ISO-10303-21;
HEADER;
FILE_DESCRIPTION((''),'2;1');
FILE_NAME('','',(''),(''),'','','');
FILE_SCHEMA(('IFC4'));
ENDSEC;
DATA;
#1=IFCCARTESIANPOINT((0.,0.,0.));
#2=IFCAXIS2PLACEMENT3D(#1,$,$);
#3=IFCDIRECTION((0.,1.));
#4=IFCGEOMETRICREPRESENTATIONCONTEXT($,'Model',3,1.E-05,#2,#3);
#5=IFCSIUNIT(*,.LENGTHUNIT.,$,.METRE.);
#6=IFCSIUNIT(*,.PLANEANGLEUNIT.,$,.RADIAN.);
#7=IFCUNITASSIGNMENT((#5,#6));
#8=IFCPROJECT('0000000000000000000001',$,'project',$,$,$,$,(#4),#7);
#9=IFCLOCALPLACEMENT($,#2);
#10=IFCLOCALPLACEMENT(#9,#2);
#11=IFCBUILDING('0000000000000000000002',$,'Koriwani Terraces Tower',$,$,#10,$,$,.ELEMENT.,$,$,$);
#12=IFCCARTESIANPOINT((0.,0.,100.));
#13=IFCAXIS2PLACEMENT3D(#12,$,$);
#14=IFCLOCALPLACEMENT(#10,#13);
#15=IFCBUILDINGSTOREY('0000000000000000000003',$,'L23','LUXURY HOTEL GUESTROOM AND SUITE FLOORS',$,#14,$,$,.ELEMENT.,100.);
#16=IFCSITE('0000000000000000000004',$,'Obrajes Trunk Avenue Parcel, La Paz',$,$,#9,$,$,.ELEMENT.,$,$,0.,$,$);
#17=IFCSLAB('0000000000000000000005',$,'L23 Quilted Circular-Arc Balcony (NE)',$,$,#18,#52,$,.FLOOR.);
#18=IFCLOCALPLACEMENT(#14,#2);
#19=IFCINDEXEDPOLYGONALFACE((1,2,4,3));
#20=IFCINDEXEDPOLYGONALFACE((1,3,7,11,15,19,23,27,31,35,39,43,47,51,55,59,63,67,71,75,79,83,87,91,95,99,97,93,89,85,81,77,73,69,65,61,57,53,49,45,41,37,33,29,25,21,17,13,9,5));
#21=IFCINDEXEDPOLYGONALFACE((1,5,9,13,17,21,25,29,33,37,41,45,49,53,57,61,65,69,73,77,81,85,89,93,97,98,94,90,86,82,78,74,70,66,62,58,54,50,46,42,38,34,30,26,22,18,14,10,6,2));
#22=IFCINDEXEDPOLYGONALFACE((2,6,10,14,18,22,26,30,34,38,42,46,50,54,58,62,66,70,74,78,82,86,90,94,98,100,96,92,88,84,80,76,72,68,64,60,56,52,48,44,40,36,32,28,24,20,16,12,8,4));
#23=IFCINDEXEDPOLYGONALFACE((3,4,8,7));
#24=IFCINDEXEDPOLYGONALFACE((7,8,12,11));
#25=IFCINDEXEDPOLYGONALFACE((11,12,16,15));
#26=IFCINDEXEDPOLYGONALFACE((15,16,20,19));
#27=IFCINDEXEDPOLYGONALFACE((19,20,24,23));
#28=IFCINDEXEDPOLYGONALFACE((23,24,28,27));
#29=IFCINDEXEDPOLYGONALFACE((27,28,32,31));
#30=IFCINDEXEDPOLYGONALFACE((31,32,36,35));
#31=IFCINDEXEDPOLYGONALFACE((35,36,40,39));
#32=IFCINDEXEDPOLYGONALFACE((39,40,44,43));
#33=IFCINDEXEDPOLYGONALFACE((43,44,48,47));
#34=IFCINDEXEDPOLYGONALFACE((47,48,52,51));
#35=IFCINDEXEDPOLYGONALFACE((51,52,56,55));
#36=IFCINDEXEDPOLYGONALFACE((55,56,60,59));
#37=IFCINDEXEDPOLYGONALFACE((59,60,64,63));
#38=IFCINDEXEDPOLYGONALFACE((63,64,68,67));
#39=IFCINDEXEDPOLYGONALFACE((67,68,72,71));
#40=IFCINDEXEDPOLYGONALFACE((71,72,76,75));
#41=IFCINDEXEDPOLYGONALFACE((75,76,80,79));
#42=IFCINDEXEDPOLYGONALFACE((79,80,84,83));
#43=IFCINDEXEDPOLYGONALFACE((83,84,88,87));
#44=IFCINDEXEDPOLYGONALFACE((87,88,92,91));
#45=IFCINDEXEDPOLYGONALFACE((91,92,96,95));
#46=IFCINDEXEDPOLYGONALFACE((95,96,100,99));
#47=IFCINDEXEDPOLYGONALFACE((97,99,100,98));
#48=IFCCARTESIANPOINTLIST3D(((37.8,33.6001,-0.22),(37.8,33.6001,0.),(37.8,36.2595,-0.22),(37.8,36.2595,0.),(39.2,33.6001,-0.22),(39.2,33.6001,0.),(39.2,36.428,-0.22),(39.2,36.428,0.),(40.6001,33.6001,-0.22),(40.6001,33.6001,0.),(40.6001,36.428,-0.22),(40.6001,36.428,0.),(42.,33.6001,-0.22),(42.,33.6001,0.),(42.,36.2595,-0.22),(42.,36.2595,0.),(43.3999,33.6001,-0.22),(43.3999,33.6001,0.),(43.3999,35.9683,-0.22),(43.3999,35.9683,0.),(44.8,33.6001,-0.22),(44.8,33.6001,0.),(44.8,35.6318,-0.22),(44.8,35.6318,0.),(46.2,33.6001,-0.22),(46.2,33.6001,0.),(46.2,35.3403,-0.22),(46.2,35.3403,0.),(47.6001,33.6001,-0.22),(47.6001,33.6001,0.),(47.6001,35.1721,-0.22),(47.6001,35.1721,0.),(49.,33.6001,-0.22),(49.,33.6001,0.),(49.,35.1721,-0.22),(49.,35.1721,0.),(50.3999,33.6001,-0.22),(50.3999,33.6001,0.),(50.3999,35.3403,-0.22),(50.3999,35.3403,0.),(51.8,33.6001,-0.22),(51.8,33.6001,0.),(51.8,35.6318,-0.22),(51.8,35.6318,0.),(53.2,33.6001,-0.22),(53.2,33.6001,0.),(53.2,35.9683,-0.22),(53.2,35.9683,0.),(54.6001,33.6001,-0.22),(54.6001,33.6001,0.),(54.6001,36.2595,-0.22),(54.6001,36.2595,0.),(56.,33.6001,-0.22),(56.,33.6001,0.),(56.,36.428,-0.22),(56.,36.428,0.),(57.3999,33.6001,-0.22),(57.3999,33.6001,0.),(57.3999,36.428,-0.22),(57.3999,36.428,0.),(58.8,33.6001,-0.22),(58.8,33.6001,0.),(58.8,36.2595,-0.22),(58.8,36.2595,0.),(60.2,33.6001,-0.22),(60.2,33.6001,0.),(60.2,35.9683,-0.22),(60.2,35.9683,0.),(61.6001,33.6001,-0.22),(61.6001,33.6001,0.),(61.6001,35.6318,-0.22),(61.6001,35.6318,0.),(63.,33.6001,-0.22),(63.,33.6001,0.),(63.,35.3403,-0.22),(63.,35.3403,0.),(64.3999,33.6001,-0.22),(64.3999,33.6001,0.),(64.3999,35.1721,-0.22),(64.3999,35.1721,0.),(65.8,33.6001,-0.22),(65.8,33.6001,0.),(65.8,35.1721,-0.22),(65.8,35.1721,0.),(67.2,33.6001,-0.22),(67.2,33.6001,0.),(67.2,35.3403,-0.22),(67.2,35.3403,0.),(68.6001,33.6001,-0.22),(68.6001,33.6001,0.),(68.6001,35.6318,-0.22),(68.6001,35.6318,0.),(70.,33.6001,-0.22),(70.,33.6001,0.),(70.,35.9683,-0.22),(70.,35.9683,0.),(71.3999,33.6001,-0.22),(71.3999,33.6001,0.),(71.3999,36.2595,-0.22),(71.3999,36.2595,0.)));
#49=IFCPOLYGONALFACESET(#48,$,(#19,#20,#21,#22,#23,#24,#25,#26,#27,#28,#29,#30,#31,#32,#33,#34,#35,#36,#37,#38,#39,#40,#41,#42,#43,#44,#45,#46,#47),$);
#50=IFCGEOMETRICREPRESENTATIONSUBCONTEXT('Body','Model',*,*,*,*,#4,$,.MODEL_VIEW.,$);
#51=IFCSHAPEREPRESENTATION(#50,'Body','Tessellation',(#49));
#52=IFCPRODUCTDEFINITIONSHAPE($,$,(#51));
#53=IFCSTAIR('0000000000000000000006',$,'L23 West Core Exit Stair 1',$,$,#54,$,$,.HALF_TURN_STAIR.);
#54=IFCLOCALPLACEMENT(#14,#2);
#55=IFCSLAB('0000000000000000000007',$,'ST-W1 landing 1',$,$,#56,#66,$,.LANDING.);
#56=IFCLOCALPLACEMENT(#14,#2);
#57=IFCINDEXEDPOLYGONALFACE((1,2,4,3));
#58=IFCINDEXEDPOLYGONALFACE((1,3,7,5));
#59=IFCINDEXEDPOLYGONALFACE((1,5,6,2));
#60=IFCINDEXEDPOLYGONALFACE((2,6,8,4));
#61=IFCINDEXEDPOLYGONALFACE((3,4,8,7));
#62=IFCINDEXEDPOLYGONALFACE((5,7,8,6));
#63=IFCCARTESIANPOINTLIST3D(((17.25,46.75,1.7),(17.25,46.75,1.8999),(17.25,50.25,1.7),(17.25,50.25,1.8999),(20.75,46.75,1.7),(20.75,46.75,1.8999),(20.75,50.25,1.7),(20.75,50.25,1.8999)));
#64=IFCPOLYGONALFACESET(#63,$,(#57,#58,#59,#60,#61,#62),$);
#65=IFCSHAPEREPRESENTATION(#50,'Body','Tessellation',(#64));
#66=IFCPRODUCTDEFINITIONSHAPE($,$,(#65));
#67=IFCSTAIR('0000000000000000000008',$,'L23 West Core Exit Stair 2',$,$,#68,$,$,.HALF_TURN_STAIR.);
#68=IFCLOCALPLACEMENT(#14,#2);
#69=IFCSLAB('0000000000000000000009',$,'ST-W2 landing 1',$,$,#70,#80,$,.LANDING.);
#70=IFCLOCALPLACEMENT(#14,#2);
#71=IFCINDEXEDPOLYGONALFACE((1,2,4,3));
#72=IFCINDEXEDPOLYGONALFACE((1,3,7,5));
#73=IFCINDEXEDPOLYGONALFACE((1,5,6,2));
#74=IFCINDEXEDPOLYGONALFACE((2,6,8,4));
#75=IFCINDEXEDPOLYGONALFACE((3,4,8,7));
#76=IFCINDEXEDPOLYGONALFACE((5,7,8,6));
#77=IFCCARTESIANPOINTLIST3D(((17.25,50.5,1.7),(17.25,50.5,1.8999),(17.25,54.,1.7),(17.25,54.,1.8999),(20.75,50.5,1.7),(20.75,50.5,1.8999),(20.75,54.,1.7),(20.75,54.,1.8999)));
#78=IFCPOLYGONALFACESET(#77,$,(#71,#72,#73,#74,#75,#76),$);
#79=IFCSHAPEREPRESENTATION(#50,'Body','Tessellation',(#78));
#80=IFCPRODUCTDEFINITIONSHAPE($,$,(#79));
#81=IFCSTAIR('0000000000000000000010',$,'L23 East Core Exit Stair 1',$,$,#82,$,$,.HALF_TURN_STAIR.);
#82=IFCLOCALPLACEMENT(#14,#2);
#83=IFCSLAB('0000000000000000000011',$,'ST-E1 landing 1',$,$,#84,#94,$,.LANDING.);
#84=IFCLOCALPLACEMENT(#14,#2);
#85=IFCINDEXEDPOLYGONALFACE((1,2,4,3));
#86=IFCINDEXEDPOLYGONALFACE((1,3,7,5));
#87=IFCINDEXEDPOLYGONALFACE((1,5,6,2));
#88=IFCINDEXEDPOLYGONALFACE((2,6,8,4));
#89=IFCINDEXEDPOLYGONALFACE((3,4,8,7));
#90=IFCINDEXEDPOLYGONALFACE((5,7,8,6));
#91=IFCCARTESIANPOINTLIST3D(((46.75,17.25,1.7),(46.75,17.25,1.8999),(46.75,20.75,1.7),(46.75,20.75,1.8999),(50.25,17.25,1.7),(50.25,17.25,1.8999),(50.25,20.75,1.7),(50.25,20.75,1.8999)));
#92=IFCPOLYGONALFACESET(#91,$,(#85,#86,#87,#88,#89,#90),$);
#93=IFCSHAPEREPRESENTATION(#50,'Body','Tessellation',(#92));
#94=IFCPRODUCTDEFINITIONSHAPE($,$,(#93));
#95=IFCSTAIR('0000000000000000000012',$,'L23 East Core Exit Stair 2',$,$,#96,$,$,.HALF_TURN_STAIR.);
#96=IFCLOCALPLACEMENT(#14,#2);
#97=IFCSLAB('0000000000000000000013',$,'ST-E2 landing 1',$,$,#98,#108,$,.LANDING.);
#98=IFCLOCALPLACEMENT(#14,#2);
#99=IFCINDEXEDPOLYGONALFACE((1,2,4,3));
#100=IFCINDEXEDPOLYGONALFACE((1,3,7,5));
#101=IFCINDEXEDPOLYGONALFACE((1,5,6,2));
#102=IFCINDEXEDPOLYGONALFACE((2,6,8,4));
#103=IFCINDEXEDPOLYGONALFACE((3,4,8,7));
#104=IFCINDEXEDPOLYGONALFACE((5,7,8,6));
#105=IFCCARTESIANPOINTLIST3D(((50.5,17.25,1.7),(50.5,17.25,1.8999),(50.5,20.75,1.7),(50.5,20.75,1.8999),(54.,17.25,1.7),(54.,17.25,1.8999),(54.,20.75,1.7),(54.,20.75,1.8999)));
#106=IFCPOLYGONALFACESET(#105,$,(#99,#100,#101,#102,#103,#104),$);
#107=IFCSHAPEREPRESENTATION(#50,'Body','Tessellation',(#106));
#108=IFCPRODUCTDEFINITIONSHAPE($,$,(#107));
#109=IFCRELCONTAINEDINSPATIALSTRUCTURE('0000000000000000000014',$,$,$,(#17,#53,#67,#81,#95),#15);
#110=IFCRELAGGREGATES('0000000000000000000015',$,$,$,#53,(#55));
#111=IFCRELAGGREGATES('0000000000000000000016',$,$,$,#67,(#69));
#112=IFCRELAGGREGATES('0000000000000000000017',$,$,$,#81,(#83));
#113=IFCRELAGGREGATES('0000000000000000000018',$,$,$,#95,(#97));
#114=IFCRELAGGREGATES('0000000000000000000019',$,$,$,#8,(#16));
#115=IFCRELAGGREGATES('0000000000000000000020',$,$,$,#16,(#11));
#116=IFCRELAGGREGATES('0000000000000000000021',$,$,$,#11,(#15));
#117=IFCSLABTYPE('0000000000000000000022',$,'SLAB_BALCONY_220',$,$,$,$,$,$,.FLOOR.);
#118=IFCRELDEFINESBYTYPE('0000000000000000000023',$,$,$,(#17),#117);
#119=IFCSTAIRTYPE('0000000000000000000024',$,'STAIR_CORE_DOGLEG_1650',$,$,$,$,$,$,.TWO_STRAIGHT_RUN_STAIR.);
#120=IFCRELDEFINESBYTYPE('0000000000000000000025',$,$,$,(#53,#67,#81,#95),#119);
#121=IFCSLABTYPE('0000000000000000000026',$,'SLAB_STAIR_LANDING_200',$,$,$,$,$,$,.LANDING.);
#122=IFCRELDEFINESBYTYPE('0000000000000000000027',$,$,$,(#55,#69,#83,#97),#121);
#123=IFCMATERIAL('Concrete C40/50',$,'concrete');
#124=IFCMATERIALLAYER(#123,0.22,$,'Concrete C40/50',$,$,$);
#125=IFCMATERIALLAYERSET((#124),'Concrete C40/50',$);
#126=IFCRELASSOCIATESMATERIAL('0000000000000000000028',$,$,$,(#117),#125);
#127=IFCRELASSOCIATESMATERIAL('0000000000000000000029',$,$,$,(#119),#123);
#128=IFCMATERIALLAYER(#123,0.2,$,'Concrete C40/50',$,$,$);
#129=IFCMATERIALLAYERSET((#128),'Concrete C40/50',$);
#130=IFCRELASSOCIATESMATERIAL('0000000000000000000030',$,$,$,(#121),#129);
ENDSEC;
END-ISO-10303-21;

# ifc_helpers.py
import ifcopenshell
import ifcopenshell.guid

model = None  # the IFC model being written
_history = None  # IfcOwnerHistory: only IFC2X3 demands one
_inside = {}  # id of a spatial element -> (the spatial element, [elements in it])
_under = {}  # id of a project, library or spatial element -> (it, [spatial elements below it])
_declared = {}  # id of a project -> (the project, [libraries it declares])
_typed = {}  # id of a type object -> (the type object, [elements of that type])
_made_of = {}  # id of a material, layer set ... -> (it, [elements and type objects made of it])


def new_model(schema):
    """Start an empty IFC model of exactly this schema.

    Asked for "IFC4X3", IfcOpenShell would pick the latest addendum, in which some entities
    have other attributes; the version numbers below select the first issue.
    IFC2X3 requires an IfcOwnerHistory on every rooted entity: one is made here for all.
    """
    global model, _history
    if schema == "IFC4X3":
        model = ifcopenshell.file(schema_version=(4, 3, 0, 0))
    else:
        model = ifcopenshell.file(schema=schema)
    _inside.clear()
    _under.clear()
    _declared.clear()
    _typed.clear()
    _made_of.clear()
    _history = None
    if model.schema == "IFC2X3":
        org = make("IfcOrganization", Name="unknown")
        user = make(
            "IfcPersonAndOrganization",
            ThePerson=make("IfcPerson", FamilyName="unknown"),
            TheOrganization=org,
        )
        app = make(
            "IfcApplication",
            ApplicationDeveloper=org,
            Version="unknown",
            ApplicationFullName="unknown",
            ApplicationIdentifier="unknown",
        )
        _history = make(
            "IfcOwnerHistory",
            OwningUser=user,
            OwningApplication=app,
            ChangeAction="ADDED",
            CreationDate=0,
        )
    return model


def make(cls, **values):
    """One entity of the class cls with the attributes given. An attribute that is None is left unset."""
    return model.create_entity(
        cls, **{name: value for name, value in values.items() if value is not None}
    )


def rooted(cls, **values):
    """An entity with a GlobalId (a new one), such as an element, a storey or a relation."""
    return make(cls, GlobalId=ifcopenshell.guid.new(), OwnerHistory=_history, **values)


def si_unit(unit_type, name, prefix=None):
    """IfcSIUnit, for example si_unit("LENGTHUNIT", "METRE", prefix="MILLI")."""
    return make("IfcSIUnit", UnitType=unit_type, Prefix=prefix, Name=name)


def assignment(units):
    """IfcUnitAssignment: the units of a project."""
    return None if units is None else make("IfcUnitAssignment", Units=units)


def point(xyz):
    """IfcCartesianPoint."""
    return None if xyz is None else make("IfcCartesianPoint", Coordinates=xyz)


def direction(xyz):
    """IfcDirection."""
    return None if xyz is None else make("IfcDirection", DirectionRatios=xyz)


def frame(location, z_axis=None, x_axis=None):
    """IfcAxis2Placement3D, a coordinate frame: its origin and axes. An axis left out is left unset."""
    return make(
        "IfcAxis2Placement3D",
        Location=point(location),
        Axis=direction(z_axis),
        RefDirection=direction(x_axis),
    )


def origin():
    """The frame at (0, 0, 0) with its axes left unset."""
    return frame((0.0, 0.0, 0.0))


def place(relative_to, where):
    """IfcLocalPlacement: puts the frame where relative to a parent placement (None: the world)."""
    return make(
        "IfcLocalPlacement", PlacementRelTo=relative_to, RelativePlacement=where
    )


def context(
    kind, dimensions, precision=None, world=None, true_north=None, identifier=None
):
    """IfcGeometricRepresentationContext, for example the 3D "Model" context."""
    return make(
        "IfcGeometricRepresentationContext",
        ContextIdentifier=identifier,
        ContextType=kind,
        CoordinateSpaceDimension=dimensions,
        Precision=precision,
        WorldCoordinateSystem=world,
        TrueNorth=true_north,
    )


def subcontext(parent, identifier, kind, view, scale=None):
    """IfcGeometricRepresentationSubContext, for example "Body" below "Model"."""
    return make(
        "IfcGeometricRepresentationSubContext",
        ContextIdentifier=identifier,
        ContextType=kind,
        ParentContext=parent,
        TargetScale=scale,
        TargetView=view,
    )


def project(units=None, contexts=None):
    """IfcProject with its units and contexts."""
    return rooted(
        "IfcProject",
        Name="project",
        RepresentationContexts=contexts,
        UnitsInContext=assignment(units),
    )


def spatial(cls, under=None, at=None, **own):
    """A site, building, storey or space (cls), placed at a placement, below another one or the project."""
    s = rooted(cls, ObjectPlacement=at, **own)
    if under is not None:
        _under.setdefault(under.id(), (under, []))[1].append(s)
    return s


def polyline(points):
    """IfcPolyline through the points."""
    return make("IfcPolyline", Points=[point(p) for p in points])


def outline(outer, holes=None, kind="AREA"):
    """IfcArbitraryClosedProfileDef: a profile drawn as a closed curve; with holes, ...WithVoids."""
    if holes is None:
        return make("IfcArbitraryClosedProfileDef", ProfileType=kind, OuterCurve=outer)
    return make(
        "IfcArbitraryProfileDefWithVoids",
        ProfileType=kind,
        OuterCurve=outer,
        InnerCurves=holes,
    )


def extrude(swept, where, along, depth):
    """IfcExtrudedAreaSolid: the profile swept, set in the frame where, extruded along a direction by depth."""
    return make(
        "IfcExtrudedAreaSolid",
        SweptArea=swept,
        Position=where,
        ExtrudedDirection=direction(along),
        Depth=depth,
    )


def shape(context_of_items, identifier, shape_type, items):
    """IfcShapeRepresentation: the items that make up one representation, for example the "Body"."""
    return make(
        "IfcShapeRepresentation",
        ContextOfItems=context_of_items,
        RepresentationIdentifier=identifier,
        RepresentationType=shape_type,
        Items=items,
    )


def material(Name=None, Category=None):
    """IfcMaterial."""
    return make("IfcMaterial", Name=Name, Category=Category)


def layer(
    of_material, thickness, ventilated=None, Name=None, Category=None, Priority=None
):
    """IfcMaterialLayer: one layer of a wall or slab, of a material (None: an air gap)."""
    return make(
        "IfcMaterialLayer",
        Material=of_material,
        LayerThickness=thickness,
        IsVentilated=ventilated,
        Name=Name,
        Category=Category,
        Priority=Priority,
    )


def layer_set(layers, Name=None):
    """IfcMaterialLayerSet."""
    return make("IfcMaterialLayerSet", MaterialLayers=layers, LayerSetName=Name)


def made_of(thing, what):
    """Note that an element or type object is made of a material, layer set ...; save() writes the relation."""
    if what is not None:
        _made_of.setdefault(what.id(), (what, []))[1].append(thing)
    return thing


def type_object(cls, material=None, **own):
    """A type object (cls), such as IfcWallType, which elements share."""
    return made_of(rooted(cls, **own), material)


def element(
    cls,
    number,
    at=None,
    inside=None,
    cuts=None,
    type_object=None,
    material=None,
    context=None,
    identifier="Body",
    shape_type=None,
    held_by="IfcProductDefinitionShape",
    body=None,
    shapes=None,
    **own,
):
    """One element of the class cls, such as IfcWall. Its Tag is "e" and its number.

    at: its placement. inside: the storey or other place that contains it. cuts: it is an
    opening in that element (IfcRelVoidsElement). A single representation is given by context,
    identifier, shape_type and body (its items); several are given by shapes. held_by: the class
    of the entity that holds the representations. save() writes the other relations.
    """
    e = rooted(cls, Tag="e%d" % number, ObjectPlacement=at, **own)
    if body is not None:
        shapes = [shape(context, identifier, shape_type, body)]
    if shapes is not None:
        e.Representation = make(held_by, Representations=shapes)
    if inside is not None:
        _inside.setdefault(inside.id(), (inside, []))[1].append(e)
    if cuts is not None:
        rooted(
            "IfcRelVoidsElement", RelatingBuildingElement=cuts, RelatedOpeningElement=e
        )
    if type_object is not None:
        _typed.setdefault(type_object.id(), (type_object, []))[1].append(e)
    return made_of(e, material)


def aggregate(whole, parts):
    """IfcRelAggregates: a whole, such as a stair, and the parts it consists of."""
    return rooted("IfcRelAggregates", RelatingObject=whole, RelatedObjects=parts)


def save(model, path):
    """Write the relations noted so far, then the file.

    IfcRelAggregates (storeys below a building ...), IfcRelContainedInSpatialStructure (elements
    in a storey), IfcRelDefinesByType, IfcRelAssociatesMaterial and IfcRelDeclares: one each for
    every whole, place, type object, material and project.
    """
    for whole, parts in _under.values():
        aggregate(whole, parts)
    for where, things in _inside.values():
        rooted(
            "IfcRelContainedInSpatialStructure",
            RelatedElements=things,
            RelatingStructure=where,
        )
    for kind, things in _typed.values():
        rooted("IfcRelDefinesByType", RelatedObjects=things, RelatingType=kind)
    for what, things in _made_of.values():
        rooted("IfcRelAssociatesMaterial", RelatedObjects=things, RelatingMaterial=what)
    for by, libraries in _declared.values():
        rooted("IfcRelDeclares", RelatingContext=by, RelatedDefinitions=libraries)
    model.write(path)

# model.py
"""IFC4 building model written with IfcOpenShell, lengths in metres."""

from ifc_helpers import new_model, si_unit, direction, frame, origin, place, context, subcontext, project, spatial, polyline, outline, extrude, material, layer, layer_set, type_object, element, aggregate, save


model = new_model("IFC4")

# Units and contexts
model_context = context("Model", 3, precision=1e-05, world=origin(), true_north=direction((0.0, 1.0)))
body_context = subcontext(model_context, "Body", "Model", "MODEL_VIEW")
ifc_project = project(units=[si_unit("LENGTHUNIT", "METRE"), si_unit("PLANEANGLEUNIT", "RADIAN")], contexts=[model_context])

# Site, building, storey
site_placement = place(None, origin())
site = spatial("IfcSite", under=ifc_project, at=site_placement, Name="Obrajes Trunk Avenue Parcel, La Paz", CompositionType="ELEMENT", RefElevation=0.0)
building_placement = place(site_placement, origin())
building = spatial("IfcBuilding", under=site, at=building_placement, Name="Koriwani Terraces Tower", CompositionType="ELEMENT")
storey_placement = place(building_placement, frame((0.0, 0.0, 100.0)))
storey = spatial("IfcBuildingStorey", under=building, at=storey_placement, Name="L23", Description="LUXURY HOTEL GUESTROOM AND SUITE FLOORS", CompositionType="ELEMENT", Elevation=100.0)

# Shared definitions
ifc_material_1 = material(Name="Concrete C40/50", Category="concrete")

# Slab
ifc_layer_1 = layer(ifc_material_1, 0.22, Name="Concrete C40/50")
ifc_layer_set_1 = layer_set([ifc_layer_1], Name="Concrete C40/50")
slab_type_1 = type_object("IfcSlabType", Name="SLAB_BALCONY_220", PredefinedType="FLOOR", material=ifc_layer_set_1)
slab_1_placement = place(storey_placement, frame((0.0, 0.0, -0.22)))
element("IfcSlab", 1, at=slab_1_placement, inside=storey, type_object=slab_type_1, Name="L23 Quilted Circular-Arc Balcony (NE)", PredefinedType="FLOOR", context=body_context, shape_type="SweptSolid", body=[
    extrude(outline(polyline([(71.3999, 33.6001), (70.0, 33.6001), (68.6001, 33.6001), (67.2, 33.6001), (65.8, 33.6001), (64.3999, 33.6001), (63.0, 33.6001), (61.6001, 33.6001), (60.2, 33.6001), (58.8, 33.6001), (57.3999, 33.6001), (56.0, 33.6001), (54.6001, 33.6001), (53.2, 33.6001), (51.8, 33.6001), (50.3999, 33.6001), (49.0, 33.6001), (47.6001, 33.6001), (46.2, 33.6001), (44.8, 33.6001), (43.3999, 33.6001), (42.0, 33.6001), (40.6001, 33.6001), (39.2, 33.6001), (37.8, 33.6001), (37.8, 36.2595), (39.2, 36.428), (40.6001, 36.428), (42.0, 36.2595), (43.3999, 35.9683), (44.8, 35.6318), (46.2, 35.3403), (47.6001, 35.1721), (49.0, 35.1721), (50.3999, 35.3403), (51.8, 35.6318), (53.2, 35.9683), (54.6001, 36.2595), (56.0, 36.428), (57.3999, 36.428), (58.8, 36.2595), (60.2, 35.9683), (61.6001, 35.6318), (63.0, 35.3403), (64.3999, 35.1721), (65.8, 35.1721), (67.2, 35.3403), (68.6001, 35.6318), (70.0, 35.9683), (71.3999, 36.2595), (71.3999, 33.6001)])), origin(), (0.0, 0.0, 1.0), 0.22),
])

# Stairs, slabs
stair_type = type_object("IfcStairType", Name="STAIR_CORE_DOGLEG_1650", PredefinedType="TWO_STRAIGHT_RUN_STAIR", material=ifc_material_1)
stair_1_placement = place(storey_placement, origin())
stair_1 = element("IfcStair", 2, at=stair_1_placement, inside=storey, type_object=stair_type, Name="L23 West Core Exit Stair 1", PredefinedType="HALF_TURN_STAIR")
ifc_layer_2 = layer(ifc_material_1, 0.2, Name="Concrete C40/50")
ifc_layer_set_2 = layer_set([ifc_layer_2], Name="Concrete C40/50")
slab_type_2 = type_object("IfcSlabType", Name="SLAB_STAIR_LANDING_200", PredefinedType="LANDING", material=ifc_layer_set_2)
slab_2_placement = place(storey_placement, frame((0.0, 0.0, 1.7)))
slab_2 = element("IfcSlab", 3, at=slab_2_placement, type_object=slab_type_2, Name="ST-W1 landing 1", PredefinedType="LANDING", context=body_context, shape_type="SweptSolid", body=[
    extrude(outline(polyline([(20.75, 46.75), (20.75, 50.25), (17.25, 50.25), (17.25, 46.75), (20.75, 46.75)])), origin(), (0.0, 0.0, 1.0), 0.2),
])
aggregate(stair_1, [slab_2])
stair_2_placement = place(storey_placement, origin())
stair_2 = element("IfcStair", 4, at=stair_2_placement, inside=storey, type_object=stair_type, Name="L23 West Core Exit Stair 2", PredefinedType="HALF_TURN_STAIR")
slab_3_placement = place(storey_placement, frame((0.0, 0.0, 1.7)))
slab_3 = element("IfcSlab", 5, at=slab_3_placement, type_object=slab_type_2, Name="ST-W2 landing 1", PredefinedType="LANDING", context=body_context, shape_type="SweptSolid", body=[
    extrude(outline(polyline([(17.25, 54.0), (17.25, 50.5), (20.75, 50.5), (20.75, 54.0), (17.25, 54.0)])), origin(), (0.0, 0.0, 1.0), 0.2),
])
aggregate(stair_2, [slab_3])
stair_3_placement = place(storey_placement, origin())
stair_3 = element("IfcStair", 6, at=stair_3_placement, inside=storey, type_object=stair_type, Name="L23 East Core Exit Stair 1", PredefinedType="HALF_TURN_STAIR")
slab_4_placement = place(storey_placement, frame((0.0, 0.0, 1.7)))
slab_4 = element("IfcSlab", 7, at=slab_4_placement, type_object=slab_type_2, Name="ST-E1 landing 1", PredefinedType="LANDING", context=body_context, shape_type="SweptSolid", body=[
    extrude(outline(polyline([(46.75, 17.25), (50.25, 17.25), (50.25, 20.75), (46.75, 20.75), (46.75, 17.25)])), origin(), (0.0, 0.0, 1.0), 0.2),
])
aggregate(stair_3, [slab_4])
stair_4_placement = place(storey_placement, origin())
stair_4 = element("IfcStair", 8, at=stair_4_placement, inside=storey, type_object=stair_type, Name="L23 East Core Exit Stair 2", PredefinedType="HALF_TURN_STAIR")
slab_5_placement = place(storey_placement, frame((0.0, 0.0, 1.7)))
slab_5 = element("IfcSlab", 9, at=slab_5_placement, type_object=slab_type_2, Name="ST-E2 landing 1", PredefinedType="LANDING", context=body_context, shape_type="SweptSolid", body=[
    extrude(outline(polyline([(54.0, 20.75), (50.5, 20.75), (50.5, 17.25), (54.0, 17.25), (54.0, 20.75)])), origin(), (0.0, 0.0, 1.0), 0.2),
])
aggregate(stair_4, [slab_5])

save(model, "model.ifc")
